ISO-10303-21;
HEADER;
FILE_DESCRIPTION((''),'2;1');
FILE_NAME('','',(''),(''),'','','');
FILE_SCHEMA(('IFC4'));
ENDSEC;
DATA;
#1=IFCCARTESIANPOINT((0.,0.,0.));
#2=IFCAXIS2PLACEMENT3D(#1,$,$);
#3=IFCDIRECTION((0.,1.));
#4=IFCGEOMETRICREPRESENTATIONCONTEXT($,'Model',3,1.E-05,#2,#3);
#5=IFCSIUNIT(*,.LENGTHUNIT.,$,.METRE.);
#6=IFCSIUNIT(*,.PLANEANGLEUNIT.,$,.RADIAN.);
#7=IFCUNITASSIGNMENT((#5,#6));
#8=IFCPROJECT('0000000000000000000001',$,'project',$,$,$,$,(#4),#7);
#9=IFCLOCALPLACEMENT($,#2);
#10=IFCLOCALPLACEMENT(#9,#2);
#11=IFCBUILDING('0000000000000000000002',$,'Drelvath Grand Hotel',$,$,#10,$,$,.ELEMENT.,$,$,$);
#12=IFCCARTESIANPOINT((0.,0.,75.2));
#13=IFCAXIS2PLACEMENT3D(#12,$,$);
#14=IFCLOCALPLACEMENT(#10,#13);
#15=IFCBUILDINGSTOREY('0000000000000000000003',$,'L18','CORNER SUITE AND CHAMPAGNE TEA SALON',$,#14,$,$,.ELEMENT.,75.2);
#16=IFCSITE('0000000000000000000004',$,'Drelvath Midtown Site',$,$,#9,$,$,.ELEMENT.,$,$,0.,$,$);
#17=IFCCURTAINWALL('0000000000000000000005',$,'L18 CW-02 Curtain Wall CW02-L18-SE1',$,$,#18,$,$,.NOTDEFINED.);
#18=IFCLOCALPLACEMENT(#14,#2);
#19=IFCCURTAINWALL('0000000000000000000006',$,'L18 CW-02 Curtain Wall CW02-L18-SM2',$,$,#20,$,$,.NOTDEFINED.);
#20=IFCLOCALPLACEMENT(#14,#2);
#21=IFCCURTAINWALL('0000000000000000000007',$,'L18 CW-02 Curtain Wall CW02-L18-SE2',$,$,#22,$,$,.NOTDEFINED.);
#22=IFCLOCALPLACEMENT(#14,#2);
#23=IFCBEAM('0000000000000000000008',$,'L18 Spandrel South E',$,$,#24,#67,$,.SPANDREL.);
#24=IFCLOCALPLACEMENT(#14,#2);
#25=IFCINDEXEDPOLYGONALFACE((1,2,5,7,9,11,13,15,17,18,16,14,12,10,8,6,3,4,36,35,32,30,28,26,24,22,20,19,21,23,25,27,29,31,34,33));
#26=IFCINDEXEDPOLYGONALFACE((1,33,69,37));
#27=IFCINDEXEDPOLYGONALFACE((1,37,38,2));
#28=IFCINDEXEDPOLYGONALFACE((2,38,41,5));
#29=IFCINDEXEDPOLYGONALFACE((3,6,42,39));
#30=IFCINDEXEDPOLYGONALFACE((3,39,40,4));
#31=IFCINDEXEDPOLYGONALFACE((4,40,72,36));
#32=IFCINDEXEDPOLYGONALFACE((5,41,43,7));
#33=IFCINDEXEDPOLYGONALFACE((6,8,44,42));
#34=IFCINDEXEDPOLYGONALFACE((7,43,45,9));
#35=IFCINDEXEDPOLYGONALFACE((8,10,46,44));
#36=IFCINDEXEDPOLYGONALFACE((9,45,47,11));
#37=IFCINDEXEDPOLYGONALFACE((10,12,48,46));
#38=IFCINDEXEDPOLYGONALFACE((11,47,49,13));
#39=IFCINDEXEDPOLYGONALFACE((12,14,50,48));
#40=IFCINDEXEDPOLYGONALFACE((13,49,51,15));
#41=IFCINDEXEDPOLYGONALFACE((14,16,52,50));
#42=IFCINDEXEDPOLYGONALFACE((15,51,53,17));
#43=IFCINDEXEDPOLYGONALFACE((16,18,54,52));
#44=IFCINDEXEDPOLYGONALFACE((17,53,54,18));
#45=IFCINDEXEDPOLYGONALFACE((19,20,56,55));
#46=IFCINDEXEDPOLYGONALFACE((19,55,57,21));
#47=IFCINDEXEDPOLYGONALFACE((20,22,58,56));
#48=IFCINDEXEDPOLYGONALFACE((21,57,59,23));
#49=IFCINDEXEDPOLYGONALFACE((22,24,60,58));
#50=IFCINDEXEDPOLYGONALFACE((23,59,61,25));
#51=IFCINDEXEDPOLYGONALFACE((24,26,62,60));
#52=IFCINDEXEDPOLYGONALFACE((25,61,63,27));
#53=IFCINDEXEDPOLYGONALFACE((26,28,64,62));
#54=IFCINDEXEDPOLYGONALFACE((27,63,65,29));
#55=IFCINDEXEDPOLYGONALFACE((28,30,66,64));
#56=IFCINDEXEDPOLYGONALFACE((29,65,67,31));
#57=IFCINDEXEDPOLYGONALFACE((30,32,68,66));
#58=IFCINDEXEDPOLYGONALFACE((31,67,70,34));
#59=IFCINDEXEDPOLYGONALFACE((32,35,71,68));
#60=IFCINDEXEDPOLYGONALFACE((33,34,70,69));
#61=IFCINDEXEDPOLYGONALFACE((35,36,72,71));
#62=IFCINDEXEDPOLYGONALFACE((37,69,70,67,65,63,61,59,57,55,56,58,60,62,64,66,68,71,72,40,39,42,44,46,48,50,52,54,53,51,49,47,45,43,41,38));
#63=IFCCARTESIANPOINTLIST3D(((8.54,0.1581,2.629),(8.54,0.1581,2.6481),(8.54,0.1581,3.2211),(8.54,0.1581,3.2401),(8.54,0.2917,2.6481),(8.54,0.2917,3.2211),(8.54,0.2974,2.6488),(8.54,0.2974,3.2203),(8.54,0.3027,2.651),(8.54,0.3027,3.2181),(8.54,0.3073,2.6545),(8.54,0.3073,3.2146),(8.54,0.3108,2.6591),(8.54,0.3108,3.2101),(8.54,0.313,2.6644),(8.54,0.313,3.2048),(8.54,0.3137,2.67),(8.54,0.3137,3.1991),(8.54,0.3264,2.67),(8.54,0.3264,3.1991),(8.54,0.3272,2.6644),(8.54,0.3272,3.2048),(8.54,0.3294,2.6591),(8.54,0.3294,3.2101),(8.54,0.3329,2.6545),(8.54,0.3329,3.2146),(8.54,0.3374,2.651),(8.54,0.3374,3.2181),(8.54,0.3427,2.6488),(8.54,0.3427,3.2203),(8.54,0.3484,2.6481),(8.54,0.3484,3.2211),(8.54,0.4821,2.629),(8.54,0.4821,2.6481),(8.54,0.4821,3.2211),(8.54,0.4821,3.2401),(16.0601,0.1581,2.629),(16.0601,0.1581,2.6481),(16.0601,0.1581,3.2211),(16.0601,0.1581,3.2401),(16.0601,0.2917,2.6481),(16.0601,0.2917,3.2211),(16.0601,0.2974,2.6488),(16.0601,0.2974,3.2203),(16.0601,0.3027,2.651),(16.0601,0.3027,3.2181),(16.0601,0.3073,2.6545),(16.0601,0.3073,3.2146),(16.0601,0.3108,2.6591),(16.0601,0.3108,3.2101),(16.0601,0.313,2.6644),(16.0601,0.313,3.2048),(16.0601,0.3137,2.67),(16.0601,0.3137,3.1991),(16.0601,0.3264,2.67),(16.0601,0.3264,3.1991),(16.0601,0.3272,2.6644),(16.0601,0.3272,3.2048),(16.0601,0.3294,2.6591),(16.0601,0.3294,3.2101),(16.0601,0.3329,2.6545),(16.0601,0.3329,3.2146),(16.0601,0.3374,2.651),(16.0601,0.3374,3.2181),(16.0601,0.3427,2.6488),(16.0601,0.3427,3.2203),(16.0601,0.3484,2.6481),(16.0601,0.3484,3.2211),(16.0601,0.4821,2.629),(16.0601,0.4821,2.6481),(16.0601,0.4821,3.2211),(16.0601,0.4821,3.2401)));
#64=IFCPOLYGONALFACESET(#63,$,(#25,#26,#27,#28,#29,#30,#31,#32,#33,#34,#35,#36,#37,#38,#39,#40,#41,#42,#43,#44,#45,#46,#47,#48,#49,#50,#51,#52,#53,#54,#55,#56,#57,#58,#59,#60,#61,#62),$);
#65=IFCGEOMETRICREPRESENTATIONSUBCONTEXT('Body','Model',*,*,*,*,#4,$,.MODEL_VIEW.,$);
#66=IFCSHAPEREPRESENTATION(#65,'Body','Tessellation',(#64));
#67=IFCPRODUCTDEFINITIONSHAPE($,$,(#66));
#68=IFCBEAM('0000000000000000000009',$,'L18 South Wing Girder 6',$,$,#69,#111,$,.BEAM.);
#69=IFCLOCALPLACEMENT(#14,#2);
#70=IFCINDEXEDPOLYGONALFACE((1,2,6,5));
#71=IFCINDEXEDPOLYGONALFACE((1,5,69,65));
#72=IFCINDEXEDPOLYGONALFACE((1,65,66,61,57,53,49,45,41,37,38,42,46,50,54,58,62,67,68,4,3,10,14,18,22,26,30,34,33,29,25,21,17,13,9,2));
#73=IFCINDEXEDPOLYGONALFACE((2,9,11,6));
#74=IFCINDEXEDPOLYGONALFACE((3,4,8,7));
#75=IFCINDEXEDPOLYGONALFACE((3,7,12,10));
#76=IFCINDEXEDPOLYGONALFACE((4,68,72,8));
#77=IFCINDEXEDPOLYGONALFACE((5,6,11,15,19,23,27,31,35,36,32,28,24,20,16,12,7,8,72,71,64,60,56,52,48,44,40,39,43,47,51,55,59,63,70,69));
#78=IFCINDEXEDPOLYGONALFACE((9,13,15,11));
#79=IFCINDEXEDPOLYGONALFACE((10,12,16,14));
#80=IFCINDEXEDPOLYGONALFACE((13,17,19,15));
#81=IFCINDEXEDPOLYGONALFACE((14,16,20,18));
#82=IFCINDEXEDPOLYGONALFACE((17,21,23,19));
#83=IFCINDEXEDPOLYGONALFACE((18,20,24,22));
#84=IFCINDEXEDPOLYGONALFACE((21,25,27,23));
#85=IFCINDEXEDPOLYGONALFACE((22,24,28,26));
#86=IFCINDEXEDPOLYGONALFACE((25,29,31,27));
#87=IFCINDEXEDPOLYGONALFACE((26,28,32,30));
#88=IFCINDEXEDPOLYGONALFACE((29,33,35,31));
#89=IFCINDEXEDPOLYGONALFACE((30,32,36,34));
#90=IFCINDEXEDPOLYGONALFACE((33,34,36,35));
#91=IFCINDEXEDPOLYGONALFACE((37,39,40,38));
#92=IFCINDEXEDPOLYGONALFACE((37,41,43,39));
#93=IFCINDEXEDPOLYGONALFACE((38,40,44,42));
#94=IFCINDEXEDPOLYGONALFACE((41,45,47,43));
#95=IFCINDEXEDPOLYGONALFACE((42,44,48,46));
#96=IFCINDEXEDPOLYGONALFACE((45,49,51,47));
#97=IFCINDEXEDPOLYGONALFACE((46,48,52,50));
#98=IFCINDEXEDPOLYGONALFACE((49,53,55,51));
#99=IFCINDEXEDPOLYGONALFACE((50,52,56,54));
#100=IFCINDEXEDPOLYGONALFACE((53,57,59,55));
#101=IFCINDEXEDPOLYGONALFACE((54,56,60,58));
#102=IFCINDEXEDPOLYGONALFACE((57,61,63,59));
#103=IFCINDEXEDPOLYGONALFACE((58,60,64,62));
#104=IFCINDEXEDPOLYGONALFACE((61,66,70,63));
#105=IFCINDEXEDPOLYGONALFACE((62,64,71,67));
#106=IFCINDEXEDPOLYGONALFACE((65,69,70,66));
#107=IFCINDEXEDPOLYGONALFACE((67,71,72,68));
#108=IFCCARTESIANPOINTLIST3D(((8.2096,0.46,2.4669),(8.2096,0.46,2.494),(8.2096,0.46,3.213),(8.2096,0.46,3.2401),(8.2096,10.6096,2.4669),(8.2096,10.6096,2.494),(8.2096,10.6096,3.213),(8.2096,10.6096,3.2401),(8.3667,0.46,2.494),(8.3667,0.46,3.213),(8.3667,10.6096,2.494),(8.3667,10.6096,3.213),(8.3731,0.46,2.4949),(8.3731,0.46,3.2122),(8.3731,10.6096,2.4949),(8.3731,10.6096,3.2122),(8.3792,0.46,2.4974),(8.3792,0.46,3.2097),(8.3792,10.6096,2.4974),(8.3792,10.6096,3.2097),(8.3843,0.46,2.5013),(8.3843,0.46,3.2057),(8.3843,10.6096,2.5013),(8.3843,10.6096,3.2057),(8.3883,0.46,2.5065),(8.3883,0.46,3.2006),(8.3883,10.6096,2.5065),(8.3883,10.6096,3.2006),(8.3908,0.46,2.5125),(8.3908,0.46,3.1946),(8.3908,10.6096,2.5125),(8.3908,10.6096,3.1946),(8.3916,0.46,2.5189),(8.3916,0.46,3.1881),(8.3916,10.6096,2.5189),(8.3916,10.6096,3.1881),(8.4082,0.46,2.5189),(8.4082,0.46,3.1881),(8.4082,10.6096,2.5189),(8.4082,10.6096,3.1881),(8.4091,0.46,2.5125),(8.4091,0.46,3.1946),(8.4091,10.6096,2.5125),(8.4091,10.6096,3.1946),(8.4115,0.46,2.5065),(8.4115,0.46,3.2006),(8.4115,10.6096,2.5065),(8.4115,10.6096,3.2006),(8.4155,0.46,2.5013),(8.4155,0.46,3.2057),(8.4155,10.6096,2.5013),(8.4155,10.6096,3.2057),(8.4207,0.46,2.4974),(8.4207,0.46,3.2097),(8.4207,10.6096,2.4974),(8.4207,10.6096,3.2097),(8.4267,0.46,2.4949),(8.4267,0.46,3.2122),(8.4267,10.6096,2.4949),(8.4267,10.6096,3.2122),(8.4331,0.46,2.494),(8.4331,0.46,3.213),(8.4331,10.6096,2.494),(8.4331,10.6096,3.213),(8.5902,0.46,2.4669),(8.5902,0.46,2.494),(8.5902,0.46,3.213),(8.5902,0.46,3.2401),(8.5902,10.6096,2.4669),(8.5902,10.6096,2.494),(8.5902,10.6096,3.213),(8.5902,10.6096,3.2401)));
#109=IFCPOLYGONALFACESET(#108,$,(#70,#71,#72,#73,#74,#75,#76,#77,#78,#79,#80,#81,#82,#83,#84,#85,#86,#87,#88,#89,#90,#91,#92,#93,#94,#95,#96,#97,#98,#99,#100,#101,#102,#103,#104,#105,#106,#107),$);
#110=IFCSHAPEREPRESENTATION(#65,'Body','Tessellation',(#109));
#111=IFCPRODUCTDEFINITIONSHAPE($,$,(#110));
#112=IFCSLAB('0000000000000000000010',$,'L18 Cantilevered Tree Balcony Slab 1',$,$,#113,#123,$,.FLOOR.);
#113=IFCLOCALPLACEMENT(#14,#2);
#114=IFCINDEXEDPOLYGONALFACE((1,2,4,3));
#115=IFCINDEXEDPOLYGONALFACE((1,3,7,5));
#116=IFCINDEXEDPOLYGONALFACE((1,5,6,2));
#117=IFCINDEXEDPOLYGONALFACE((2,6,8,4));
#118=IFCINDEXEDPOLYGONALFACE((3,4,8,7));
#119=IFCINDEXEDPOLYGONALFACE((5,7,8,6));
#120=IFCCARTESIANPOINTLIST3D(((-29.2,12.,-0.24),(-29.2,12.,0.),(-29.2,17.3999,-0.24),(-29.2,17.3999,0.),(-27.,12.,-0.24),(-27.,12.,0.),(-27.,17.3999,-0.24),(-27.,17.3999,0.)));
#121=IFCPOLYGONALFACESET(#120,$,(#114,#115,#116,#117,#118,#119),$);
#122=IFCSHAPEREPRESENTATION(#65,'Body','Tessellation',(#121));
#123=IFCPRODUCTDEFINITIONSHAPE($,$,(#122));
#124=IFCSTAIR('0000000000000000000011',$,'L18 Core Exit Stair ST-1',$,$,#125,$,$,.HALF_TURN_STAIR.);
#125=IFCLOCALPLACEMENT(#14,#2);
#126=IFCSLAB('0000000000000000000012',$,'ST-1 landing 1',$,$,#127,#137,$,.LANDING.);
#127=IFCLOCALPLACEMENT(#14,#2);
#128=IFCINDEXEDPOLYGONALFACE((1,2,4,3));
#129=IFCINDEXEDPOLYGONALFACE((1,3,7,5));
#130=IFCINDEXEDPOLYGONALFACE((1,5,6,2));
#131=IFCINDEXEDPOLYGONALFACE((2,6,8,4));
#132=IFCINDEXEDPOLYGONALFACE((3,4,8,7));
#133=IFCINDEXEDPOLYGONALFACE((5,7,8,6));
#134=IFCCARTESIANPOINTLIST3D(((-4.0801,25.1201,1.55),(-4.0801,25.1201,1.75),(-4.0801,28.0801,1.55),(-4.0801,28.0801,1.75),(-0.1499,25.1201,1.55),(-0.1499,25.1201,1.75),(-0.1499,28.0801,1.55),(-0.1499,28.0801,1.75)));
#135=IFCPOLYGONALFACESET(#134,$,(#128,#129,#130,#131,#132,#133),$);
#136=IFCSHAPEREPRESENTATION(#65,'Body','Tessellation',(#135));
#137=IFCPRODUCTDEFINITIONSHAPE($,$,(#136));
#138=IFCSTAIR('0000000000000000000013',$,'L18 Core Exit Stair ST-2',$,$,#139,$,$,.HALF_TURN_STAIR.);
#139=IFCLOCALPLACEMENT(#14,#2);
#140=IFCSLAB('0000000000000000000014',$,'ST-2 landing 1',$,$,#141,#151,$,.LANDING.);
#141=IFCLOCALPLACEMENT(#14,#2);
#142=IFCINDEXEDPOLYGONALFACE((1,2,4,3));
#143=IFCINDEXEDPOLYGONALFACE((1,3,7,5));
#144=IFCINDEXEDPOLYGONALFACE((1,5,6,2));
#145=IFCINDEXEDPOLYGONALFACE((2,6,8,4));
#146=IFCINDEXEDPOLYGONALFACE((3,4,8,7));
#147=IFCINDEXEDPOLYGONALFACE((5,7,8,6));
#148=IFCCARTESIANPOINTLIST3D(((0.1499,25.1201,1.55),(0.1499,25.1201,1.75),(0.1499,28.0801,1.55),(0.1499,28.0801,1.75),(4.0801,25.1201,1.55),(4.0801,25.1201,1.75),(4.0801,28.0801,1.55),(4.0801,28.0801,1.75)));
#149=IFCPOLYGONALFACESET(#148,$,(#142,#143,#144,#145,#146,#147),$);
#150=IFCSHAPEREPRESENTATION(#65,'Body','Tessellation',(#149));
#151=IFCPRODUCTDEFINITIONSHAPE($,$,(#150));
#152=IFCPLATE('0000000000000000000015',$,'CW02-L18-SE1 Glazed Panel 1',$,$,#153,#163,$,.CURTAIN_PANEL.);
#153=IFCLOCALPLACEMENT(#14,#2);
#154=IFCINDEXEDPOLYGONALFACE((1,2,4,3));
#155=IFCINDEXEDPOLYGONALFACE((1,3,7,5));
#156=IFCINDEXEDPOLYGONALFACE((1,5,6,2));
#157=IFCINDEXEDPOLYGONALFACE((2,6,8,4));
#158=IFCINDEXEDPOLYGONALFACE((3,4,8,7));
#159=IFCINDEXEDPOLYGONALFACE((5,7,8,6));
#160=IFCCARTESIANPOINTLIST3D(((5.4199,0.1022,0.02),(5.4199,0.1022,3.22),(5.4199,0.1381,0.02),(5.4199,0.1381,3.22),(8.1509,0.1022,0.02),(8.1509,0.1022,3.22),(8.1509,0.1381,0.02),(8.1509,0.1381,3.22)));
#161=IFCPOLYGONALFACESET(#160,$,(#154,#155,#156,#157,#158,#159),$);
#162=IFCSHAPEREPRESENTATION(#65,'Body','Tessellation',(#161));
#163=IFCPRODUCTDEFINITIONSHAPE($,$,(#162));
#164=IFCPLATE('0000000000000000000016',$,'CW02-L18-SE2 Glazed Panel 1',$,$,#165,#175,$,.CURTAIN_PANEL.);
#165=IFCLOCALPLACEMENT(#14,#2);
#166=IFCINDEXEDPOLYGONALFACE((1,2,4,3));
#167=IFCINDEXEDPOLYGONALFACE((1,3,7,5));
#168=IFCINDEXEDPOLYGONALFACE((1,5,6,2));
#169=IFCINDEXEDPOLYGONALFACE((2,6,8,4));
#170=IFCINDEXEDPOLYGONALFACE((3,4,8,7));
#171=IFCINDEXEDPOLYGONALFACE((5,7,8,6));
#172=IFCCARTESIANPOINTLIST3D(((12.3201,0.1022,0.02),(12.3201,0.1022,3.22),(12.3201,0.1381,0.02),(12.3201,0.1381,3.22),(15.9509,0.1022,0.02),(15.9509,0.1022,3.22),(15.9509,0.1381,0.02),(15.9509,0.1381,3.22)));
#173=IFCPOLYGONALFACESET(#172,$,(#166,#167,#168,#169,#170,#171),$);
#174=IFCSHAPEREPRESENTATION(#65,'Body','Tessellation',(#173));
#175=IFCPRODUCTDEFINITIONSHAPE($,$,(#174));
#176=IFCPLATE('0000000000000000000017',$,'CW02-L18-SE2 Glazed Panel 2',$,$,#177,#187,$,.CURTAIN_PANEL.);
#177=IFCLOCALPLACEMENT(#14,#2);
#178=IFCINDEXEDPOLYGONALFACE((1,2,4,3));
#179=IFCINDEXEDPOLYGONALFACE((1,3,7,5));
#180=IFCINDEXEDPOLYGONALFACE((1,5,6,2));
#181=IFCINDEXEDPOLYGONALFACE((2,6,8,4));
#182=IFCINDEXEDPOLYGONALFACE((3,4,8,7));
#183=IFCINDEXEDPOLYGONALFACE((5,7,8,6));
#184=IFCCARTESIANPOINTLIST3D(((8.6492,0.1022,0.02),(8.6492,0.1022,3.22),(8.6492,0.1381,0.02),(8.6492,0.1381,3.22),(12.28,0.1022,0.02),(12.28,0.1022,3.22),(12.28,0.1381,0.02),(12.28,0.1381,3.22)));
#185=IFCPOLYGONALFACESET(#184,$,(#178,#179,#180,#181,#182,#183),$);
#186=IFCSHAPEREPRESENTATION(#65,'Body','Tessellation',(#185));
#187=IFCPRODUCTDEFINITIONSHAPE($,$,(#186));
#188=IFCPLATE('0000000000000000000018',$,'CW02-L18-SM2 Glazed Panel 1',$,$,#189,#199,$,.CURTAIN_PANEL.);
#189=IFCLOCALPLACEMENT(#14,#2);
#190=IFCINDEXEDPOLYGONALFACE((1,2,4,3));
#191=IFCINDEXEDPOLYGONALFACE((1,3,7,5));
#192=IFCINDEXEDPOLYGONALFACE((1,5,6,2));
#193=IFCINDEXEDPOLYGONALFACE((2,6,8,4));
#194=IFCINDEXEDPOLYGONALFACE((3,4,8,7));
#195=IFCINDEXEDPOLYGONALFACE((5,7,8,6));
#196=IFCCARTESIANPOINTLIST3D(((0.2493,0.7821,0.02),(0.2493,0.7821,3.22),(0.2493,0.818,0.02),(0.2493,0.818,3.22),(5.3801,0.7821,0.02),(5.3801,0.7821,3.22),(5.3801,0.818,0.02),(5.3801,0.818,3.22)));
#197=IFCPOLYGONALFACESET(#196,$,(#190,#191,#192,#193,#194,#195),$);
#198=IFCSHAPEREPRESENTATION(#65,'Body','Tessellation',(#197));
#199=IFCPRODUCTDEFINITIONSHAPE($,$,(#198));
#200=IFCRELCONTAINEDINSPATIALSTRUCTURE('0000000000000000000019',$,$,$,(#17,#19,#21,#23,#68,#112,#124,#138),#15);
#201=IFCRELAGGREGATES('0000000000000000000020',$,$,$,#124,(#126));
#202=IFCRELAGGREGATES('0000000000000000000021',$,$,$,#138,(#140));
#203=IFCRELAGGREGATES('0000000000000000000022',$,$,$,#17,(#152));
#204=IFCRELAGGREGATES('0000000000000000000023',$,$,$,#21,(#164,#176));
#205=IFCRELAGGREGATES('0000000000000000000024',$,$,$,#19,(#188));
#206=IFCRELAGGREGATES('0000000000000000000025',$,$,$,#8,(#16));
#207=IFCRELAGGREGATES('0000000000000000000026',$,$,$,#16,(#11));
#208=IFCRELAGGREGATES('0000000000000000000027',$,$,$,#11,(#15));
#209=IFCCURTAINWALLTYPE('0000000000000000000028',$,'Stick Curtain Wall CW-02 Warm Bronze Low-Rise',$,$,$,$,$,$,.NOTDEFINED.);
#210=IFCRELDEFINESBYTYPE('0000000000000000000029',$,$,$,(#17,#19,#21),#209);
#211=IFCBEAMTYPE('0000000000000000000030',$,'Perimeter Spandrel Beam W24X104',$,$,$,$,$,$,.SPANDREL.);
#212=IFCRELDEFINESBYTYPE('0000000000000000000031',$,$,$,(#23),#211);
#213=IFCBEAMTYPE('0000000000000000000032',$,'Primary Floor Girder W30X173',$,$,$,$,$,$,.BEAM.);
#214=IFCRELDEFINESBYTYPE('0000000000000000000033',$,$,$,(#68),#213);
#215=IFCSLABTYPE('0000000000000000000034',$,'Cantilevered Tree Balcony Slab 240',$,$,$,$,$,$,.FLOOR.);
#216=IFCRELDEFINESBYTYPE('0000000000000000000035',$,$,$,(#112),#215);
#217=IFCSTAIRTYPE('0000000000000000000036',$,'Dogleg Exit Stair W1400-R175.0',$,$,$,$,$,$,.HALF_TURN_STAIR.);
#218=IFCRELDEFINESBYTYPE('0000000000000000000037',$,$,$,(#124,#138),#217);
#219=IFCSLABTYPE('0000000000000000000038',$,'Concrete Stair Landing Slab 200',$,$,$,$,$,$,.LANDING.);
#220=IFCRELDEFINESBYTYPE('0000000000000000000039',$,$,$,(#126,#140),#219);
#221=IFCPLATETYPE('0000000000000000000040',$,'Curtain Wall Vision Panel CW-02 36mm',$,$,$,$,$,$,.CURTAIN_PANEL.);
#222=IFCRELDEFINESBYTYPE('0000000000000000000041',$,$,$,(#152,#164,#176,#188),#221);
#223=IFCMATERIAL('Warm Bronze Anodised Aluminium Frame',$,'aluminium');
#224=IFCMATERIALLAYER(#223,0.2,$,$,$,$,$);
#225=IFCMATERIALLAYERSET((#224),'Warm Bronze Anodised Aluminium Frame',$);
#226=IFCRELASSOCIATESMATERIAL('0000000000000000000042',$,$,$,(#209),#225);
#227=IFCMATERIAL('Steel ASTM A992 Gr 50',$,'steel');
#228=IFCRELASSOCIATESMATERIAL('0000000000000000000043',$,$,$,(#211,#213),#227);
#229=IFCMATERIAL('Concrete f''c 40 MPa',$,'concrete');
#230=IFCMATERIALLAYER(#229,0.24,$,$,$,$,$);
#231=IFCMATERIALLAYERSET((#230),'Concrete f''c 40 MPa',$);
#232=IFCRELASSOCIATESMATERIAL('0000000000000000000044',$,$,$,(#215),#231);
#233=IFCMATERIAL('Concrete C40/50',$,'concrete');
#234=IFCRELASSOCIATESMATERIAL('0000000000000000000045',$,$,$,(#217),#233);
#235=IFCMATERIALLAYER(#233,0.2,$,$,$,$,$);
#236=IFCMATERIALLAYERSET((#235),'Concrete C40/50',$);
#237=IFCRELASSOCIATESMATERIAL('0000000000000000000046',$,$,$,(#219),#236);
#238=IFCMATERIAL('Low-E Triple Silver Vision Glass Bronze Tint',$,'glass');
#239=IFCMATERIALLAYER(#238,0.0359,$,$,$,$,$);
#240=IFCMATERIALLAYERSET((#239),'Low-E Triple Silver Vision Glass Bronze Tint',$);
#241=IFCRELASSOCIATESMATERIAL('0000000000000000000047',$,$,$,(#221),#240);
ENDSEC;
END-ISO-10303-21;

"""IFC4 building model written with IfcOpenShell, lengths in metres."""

from ifc_helpers import new_model, si_unit, direction, frame, origin, origin_2d, place, context, subcontext, project, spatial, polyline, rectangle, i_section, outline, extrude, material, layer, layer_set, material_profile, profile_set, type_object, element, aggregate, save


model = new_model("IFC4")

# Units and contexts
model_context = context("Model", 3, precision=1e-05, world=origin(), true_north=direction((0.0, 1.0)))
body_context = subcontext(model_context, "Body", "Model", "MODEL_VIEW")
ifc_project = project(units=[si_unit("LENGTHUNIT", "METRE"), si_unit("PLANEANGLEUNIT", "RADIAN")], contexts=[model_context])

# Site, building, storey
site_placement = place(None, origin())
site = spatial("IfcSite", under=ifc_project, at=site_placement, Name="Drelvath Midtown Site", CompositionType="ELEMENT", RefElevation=0.0)
building_placement = place(site_placement, origin())
building = spatial("IfcBuilding", under=site, at=building_placement, Name="Drelvath Grand Hotel", CompositionType="ELEMENT")
storey_placement = place(building_placement, frame((0.0, 0.0, 75.2)))
storey = spatial("IfcBuildingStorey", under=building, at=storey_placement, Name="L18", Description="CORNER SUITE AND CHAMPAGNE TEA SALON", CompositionType="ELEMENT", Elevation=75.2)

# Curtain walls
ifc_material_1 = material(Name="Warm Bronze Anodised Aluminium Frame", Category="aluminium")
ifc_layer_1 = layer(ifc_material_1, 0.2)
ifc_layer_set_1 = layer_set([ifc_layer_1], Name="Warm Bronze Anodised Aluminium Frame")
curtain_wall_type = type_object("IfcCurtainWallType", Name="Stick Curtain Wall CW-02 Warm Bronze Low-Rise", PredefinedType="NOTDEFINED", material=ifc_layer_set_1)
curtain_wall_1_placement = place(storey_placement, origin())
curtain_wall_1 = element("IfcCurtainWall", 1, at=curtain_wall_1_placement, inside=storey, type_object=curtain_wall_type, Name="L18 CW-02 Curtain Wall CW02-L18-SE1", PredefinedType="NOTDEFINED")
curtain_wall_2_placement = place(storey_placement, origin())
curtain_wall_2 = element("IfcCurtainWall", 2, at=curtain_wall_2_placement, inside=storey, type_object=curtain_wall_type, Name="L18 CW-02 Curtain Wall CW02-L18-SM2", PredefinedType="NOTDEFINED")

# Curtain wall
curtain_wall_3_placement = place(storey_placement, origin())
curtain_wall_3 = element("IfcCurtainWall", 3, at=curtain_wall_3_placement, inside=storey, type_object=curtain_wall_type, Name="L18 CW-02 Curtain Wall CW02-L18-SE2", PredefinedType="NOTDEFINED")

# Beams
ifc_material_2 = material(Name="Steel ASTM A992 Gr 50", Category="steel")
ifc_material_profile_1 = material_profile(ifc_material_2, i_section(OverallWidth=0.324, OverallDepth=0.6111, WebThickness=0.0127, FlangeThickness=0.019, FilletRadius=0.022, at=origin_2d()), Name="W24X104")
ifc_profile_set_1 = profile_set([ifc_material_profile_1], Name="Steel ASTM A992 Gr 50")
beam_type_1 = type_object("IfcBeamType", Name="Perimeter Spandrel Beam W24X104", PredefinedType="SPANDREL", material=ifc_profile_set_1)
beam_1_placement = place(storey_placement, frame((8.54, 0.3201, 2.9346), z_axis=(1.0, 0.0, 0.0), x_axis=(0.0, 1.0, 0.0)))
element("IfcBeam", 4, at=beam_1_placement, inside=storey, type_object=beam_type_1, Name="L18 Spandrel South E", PredefinedType="SPANDREL", context=body_context, shape_type="SweptSolid", body=[
    extrude(i_section(OverallWidth=0.324, OverallDepth=0.6111, WebThickness=0.0127, FlangeThickness=0.019, FilletRadius=0.022, at=origin_2d()), origin(), (0.0, 0.0, 1.0), 7.52),
])
ifc_material_profile_2 = material_profile(ifc_material_2, i_section(OverallWidth=0.3806, OverallDepth=0.7732, WebThickness=0.0166, FlangeThickness=0.0271, FilletRadius=0.0249, at=origin_2d()), Name="W30X173")
ifc_profile_set_2 = profile_set([ifc_material_profile_2], Name="Steel ASTM A992 Gr 50")
beam_type_2 = type_object("IfcBeamType", Name="Primary Floor Girder W30X173", PredefinedType="BEAM", material=ifc_profile_set_2)
beam_2_placement = place(storey_placement, frame((8.3999, 0.46, 2.8535), z_axis=(0.0, 1.0, 0.0), x_axis=(-1.0, 0.0, 0.0)))
element("IfcBeam", 5, at=beam_2_placement, inside=storey, type_object=beam_type_2, Name="L18 South Wing Girder 6", PredefinedType="BEAM", context=body_context, shape_type="SweptSolid", body=[
    extrude(i_section(OverallWidth=0.3806, OverallDepth=0.7732, WebThickness=0.0166, FlangeThickness=0.0271, FilletRadius=0.0249, at=origin_2d()), origin(), (0.0, 0.0, 1.0), 10.1497),
])

# Slab
ifc_material_3 = material(Name="Concrete f'c 40 MPa", Category="concrete")
ifc_layer_2 = layer(ifc_material_3, 0.24)
ifc_layer_set_2 = layer_set([ifc_layer_2], Name="Concrete f'c 40 MPa")
slab_type_1 = type_object("IfcSlabType", Name="Cantilevered Tree Balcony Slab 240", PredefinedType="FLOOR", material=ifc_layer_set_2)
slab_1_placement = place(storey_placement, frame((0.0, 0.0, -0.24)))
element("IfcSlab", 6, at=slab_1_placement, inside=storey, type_object=slab_type_1, Name="L18 Cantilevered Tree Balcony Slab 1", PredefinedType="FLOOR", context=body_context, shape_type="SweptSolid", body=[
    extrude(outline(polyline([(-29.2, 12.0), (-27.0, 12.0), (-27.0, 17.3999), (-29.2, 17.3999), (-29.2, 12.0)])), origin(), (0.0, 0.0, 1.0), 0.24),
])

# Stairs, slabs
ifc_material_4 = material(Name="Concrete C40/50", Category="concrete")
stair_type = type_object("IfcStairType", Name="Dogleg Exit Stair W1400-R175.0", PredefinedType="HALF_TURN_STAIR", material=ifc_material_4)
stair_1_placement = place(storey_placement, origin())
stair_1 = element("IfcStair", 7, at=stair_1_placement, inside=storey, type_object=stair_type, Name="L18 Core Exit Stair ST-1", PredefinedType="HALF_TURN_STAIR")
ifc_layer_3 = layer(ifc_material_4, 0.2)
ifc_layer_set_3 = layer_set([ifc_layer_3], Name="Concrete C40/50")
slab_type_2 = type_object("IfcSlabType", Name="Concrete Stair Landing Slab 200", PredefinedType="LANDING", material=ifc_layer_set_3)
slab_2_placement = place(storey_placement, frame((0.0, 0.0, 1.55)))
slab_2 = element("IfcSlab", 8, at=slab_2_placement, type_object=slab_type_2, Name="ST-1 landing 1", PredefinedType="LANDING", context=body_context, shape_type="SweptSolid", body=[
    extrude(outline(polyline([(-4.0801, 25.1201), (-0.1499, 25.1201), (-0.1499, 28.0801), (-4.0801, 28.0801), (-4.0801, 25.1201)])), origin(), (0.0, 0.0, 1.0), 0.2),
])
aggregate(stair_1, [slab_2])
stair_2_placement = place(storey_placement, origin())
stair_2 = element("IfcStair", 9, at=stair_2_placement, inside=storey, type_object=stair_type, Name="L18 Core Exit Stair ST-2", PredefinedType="HALF_TURN_STAIR")
slab_3_placement = place(storey_placement, frame((0.0, 0.0, 1.55)))
slab_3 = element("IfcSlab", 10, at=slab_3_placement, type_object=slab_type_2, Name="ST-2 landing 1", PredefinedType="LANDING", context=body_context, shape_type="SweptSolid", body=[
    extrude(outline(polyline([(4.0801, 28.0801), (0.1499, 28.0801), (0.1499, 25.1201), (4.0801, 25.1201), (4.0801, 28.0801)])), origin(), (0.0, 0.0, 1.0), 0.2),
])
aggregate(stair_2, [slab_3])

# Plates
ifc_material_5 = material(Name="Low-E Triple Silver Vision Glass Bronze Tint", Category="glass")
ifc_layer_4 = layer(ifc_material_5, 0.0359)
ifc_layer_set_4 = layer_set([ifc_layer_4], Name="Low-E Triple Silver Vision Glass Bronze Tint")
plate_type = type_object("IfcPlateType", Name="Curtain Wall Vision Panel CW-02 36mm", PredefinedType="CURTAIN_PANEL", material=ifc_layer_set_4)
plate_1_placement = place(storey_placement, frame((6.7854, 0.1201, 0.02), z_axis=(0.0, 0.0, 1.0), x_axis=(-1.0, 0.0, 0.0)))
plate_1 = element("IfcPlate", 11, at=plate_1_placement, type_object=plate_type, Name="CW02-L18-SE1 Glazed Panel 1", PredefinedType="CURTAIN_PANEL", context=body_context, shape_type="SweptSolid", body=[
    extrude(rectangle(XDim=2.731, YDim=0.0359, at=origin_2d()), origin(), (0.0, 0.0, 1.0), 3.2),
])
aggregate(curtain_wall_1, [plate_1])
plate_2_placement = place(storey_placement, frame((14.1355, 0.1201, 0.02), z_axis=(0.0, 0.0, 1.0), x_axis=(-1.0, 0.0, 0.0)))
plate_2 = element("IfcPlate", 12, at=plate_2_placement, type_object=plate_type, Name="CW02-L18-SE2 Glazed Panel 1", PredefinedType="CURTAIN_PANEL", context=body_context, shape_type="SweptSolid", body=[
    extrude(rectangle(XDim=3.6309, YDim=0.0359, at=origin_2d()), origin(), (0.0, 0.0, 1.0), 3.2),
])
plate_3_placement = place(storey_placement, frame((10.4646, 0.1201, 0.02), z_axis=(0.0, 0.0, 1.0), x_axis=(-1.0, 0.0, 0.0)))
plate_3 = element("IfcPlate", 13, at=plate_3_placement, type_object=plate_type, Name="CW02-L18-SE2 Glazed Panel 2", PredefinedType="CURTAIN_PANEL", context=body_context, shape_type="SweptSolid", body=[
    extrude(rectangle(XDim=3.6309, YDim=0.0359, at=origin_2d()), origin(), (0.0, 0.0, 1.0), 3.2),
])
aggregate(curtain_wall_3, [plate_2, plate_3])
plate_4_placement = place(storey_placement, frame((2.8147, 0.8, 0.02), z_axis=(0.0, 0.0, 1.0), x_axis=(-1.0, 0.0, 0.0)))
plate_4 = element("IfcPlate", 14, at=plate_4_placement, type_object=plate_type, Name="CW02-L18-SM2 Glazed Panel 1", PredefinedType="CURTAIN_PANEL", context=body_context, shape_type="SweptSolid", body=[
    extrude(rectangle(XDim=5.1309, YDim=0.0359, at=origin_2d()), origin(), (0.0, 0.0, 1.0), 3.2),
])
aggregate(curtain_wall_2, [plate_4])

save(model, "model.ifc")
